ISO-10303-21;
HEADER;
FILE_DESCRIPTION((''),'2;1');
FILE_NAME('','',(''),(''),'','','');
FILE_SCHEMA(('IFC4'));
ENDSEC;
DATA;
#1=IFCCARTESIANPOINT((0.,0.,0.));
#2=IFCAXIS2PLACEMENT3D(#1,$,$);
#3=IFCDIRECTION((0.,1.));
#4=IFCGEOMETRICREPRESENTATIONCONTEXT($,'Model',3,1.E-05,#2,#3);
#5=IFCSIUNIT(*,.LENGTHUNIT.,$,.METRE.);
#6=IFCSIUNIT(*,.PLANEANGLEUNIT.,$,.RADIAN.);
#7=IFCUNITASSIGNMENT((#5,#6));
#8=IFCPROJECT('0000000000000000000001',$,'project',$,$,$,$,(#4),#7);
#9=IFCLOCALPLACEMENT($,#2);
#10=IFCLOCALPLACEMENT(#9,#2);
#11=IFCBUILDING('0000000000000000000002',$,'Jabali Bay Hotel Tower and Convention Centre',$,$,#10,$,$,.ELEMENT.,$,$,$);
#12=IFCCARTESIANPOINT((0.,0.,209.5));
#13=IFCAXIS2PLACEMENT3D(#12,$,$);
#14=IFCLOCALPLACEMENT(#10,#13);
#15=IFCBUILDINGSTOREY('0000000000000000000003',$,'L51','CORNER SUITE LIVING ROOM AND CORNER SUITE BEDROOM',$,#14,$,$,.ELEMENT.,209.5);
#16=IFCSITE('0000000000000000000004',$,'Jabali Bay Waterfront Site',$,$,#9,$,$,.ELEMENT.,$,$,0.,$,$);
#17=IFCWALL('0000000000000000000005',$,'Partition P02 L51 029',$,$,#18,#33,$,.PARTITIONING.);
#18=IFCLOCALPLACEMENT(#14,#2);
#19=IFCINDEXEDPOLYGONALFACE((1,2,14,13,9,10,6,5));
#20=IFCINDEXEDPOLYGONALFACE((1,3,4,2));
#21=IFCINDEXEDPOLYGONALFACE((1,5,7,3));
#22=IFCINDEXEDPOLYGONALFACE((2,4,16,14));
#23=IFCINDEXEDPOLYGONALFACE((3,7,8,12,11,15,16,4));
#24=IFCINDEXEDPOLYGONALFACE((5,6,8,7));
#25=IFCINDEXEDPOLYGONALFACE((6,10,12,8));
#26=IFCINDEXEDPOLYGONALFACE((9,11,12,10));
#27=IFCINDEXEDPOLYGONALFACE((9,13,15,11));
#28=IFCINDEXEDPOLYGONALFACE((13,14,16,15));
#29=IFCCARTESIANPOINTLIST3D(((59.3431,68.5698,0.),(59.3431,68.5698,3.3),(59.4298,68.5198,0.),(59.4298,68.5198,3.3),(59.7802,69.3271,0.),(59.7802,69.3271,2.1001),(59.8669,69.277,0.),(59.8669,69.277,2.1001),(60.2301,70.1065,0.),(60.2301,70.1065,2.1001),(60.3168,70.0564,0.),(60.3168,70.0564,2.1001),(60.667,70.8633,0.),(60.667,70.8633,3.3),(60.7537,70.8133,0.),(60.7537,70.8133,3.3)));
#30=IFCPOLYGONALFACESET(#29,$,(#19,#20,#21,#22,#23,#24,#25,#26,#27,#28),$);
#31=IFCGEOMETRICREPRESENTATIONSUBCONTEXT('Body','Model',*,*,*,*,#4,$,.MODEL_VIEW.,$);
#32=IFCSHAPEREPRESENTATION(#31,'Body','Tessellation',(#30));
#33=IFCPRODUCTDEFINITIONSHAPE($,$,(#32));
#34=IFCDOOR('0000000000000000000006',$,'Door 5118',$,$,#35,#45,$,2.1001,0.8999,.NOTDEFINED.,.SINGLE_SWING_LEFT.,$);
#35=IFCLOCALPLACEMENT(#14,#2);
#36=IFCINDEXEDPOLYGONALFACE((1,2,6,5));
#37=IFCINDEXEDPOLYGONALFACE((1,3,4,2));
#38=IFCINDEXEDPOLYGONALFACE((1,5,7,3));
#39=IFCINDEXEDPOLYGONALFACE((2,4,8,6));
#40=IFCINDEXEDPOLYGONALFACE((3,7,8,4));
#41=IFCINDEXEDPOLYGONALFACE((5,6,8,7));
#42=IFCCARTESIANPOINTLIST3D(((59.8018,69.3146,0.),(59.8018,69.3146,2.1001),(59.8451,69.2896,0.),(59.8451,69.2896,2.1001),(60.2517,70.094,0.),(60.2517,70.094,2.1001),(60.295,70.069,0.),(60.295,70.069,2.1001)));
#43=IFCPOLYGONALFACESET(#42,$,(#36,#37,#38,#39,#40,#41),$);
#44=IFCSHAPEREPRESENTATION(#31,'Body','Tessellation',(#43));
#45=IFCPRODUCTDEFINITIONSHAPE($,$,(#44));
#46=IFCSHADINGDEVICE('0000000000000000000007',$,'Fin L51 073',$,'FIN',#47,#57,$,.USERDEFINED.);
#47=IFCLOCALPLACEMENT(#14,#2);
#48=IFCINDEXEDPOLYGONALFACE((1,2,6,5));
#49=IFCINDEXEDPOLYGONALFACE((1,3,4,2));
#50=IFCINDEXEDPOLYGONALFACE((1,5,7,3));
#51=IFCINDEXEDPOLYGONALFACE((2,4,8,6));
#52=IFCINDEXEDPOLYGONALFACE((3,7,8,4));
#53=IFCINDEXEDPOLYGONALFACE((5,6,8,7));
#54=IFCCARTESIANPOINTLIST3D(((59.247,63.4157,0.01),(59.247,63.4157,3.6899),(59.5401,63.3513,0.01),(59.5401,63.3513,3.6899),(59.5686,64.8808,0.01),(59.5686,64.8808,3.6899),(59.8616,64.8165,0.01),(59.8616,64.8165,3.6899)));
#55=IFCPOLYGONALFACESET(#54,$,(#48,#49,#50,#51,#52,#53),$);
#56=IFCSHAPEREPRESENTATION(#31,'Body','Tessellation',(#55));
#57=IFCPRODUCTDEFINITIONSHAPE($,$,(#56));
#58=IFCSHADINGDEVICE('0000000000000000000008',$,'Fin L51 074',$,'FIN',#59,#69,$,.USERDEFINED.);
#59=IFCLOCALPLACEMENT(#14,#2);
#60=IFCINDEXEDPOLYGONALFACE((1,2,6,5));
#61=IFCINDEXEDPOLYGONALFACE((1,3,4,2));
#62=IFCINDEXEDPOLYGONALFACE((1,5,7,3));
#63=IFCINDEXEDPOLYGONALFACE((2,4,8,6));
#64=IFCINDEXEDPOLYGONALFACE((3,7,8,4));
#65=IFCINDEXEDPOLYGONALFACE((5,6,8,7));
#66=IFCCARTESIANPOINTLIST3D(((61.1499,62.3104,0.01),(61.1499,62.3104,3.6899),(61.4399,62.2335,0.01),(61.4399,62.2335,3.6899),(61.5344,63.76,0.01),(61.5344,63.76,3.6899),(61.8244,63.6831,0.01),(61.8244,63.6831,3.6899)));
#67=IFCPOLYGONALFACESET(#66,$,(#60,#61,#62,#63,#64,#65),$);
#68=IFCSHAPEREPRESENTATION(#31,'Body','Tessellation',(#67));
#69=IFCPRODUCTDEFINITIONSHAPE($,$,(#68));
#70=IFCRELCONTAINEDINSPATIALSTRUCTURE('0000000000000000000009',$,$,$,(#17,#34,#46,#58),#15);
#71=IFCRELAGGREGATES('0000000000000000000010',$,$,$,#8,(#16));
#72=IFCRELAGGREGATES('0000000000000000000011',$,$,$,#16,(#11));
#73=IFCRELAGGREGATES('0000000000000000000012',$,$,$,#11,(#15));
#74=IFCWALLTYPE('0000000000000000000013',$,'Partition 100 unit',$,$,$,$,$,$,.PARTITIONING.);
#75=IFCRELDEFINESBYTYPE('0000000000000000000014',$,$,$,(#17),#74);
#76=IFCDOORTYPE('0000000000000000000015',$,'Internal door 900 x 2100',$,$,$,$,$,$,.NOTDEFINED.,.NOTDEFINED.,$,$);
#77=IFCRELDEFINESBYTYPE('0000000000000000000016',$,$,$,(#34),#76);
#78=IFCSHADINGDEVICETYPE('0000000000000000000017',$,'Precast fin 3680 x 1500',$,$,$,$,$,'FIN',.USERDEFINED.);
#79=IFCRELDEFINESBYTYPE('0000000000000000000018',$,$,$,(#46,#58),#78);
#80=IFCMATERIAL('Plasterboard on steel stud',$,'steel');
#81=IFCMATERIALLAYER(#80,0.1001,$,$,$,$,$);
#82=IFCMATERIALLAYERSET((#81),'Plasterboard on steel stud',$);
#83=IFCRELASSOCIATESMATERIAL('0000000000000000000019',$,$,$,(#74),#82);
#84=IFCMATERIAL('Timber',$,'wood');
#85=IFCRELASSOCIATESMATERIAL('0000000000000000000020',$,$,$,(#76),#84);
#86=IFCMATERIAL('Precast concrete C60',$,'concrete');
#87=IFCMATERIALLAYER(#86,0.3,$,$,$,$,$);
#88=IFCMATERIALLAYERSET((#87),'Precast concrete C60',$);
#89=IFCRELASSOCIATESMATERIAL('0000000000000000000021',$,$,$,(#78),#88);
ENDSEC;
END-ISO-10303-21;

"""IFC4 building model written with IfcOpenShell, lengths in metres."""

from ifc_helpers import new_model, si_unit, direction, frame, frame_2d, origin, place, context, subcontext, project, spatial, rectangle, extrude, material, layer, layer_set, type_object, element, fill, save


model = new_model("IFC4")

# Units and contexts
model_context = context("Model", 3, precision=1e-05, world=origin(), true_north=direction((0.0, 1.0)))
body_context = subcontext(model_context, "Body", "Model", "MODEL_VIEW")
ifc_project = project(units=[si_unit("LENGTHUNIT", "METRE"), si_unit("PLANEANGLEUNIT", "RADIAN")], contexts=[model_context])

# Site, building, storey
site_placement = place(None, origin())
site = spatial("IfcSite", under=ifc_project, at=site_placement, Name="Jabali Bay Waterfront Site", CompositionType="ELEMENT", RefElevation=0.0)
building_placement = place(site_placement, origin())
building = spatial("IfcBuilding", under=site, at=building_placement, Name="Jabali Bay Hotel Tower and Convention Centre", CompositionType="ELEMENT")
storey_placement = place(building_placement, frame((0.0, 0.0, 209.5)))
storey = spatial("IfcBuildingStorey", under=building, at=storey_placement, Name="L51", Description="CORNER SUITE LIVING ROOM AND CORNER SUITE BEDROOM", CompositionType="ELEMENT", Elevation=209.5)

# Wall, opening, door
ifc_material_1 = material(Name="Plasterboard on steel stud", Category="steel")
ifc_layer_1 = layer(ifc_material_1, 0.1001)
ifc_layer_set_1 = layer_set([ifc_layer_1], Name="Plasterboard on steel stud")
wall_type_1 = type_object("IfcWallType", Name="Partition 100 unit", PredefinedType="PARTITIONING", material=ifc_layer_set_1)
wall_1_placement = place(storey_placement, frame((60.7104, 70.8384, 0.0), z_axis=(0.0, 0.0, 1.0), x_axis=(-0.499957, -0.86605, 0.0)))
wall_1 = element("IfcWall", 1, at=wall_1_placement, inside=storey, type_object=wall_type_1, Name="Partition P02 L51 029", PredefinedType="PARTITIONING", context=body_context, shape_type="SweptSolid", body=[
    extrude(rectangle(XDim=2.6482, YDim=0.1001, at=frame_2d((1.3242, 0.0))), origin(), (0.0, 0.0, 1.0), 3.3),
])
opening_1_placement = place(wall_1_placement, frame((0.874, 0.0, 0.0)))
opening_1 = element("IfcOpeningElement", 2, at=opening_1_placement, cuts=wall_1, PredefinedType="OPENING", context=body_context, shape_type="SweptSolid", body=[
    extrude(rectangle(XDim=0.8999, YDim=2.1001, at=frame_2d((0.45, 1.05))), frame((0.0, 0.0605, 0.0), z_axis=(0.0, -1.0, 0.0), x_axis=(1.0, 0.0, 0.0)), (0.0, 0.0, 1.0), 0.1211),
])
ifc_material_2 = material(Name="Timber", Category="wood")
door_type_1 = type_object("IfcDoorType", Name="Internal door 900 x 2100", OperationType="NOTDEFINED", PredefinedType="NOTDEFINED", material=ifc_material_2)
door_1_placement = place(opening_1_placement, origin())
door_1 = element("IfcDoor", 3, at=door_1_placement, inside=storey, type_object=door_type_1, Name="Door 5118", OperationType="SINGLE_SWING_LEFT", OverallHeight=2.1001, OverallWidth=0.8999, PredefinedType="NOTDEFINED", context=body_context, shape_type="SweptSolid", body=[
    extrude(rectangle(XDim=0.8999, YDim=2.1001, at=frame_2d((0.45, 1.05))), frame((0.0, 0.0249, 0.0), z_axis=(0.0, -1.0, 0.0), x_axis=(1.0, 0.0, 0.0)), (0.0, 0.0, 1.0), 0.05),
])
fill(opening_1, door_1)

# Shading devices
ifc_material_3 = material(Name="Precast concrete C60", Category="concrete")
ifc_layer_2 = layer(ifc_material_3, 0.3)
ifc_layer_set_2 = layer_set([ifc_layer_2], Name="Precast concrete C60")
shading_device_type = type_object("IfcShadingDeviceType", Name="Precast fin 3680 x 1500", ElementType="FIN", PredefinedType="USERDEFINED", material=ifc_layer_set_2)
shading_device_1_placement = place(storey_placement, frame((59.7151, 64.8486, 0.01), z_axis=(0.0, 0.0, 1.0), x_axis=(-0.214362, -0.976754, 0.0)))
element("IfcShadingDevice", 4, at=shading_device_1_placement, inside=storey, type_object=shading_device_type, Name="Fin L51 073", ObjectType="FIN", PredefinedType="USERDEFINED", context=body_context, shape_type="SweptSolid", body=[
    extrude(rectangle(XDim=1.5, YDim=0.3, at=frame_2d((0.75, 0.0))), origin(), (0.0, 0.0, 1.0), 3.6799),
])
shading_device_2_placement = place(storey_placement, frame((61.6794, 63.7217, 0.01), z_axis=(0.0, 0.0, 1.0), x_axis=(-0.256376, -0.966577, 0.0)))
element("IfcShadingDevice", 5, at=shading_device_2_placement, inside=storey, type_object=shading_device_type, Name="Fin L51 074", ObjectType="FIN", PredefinedType="USERDEFINED", context=body_context, shape_type="SweptSolid", body=[
    extrude(rectangle(XDim=1.4998, YDim=0.3, at=frame_2d((0.75, 0.0))), origin(), (0.0, 0.0, 1.0), 3.6799),
])

save(model, "model.ifc")
